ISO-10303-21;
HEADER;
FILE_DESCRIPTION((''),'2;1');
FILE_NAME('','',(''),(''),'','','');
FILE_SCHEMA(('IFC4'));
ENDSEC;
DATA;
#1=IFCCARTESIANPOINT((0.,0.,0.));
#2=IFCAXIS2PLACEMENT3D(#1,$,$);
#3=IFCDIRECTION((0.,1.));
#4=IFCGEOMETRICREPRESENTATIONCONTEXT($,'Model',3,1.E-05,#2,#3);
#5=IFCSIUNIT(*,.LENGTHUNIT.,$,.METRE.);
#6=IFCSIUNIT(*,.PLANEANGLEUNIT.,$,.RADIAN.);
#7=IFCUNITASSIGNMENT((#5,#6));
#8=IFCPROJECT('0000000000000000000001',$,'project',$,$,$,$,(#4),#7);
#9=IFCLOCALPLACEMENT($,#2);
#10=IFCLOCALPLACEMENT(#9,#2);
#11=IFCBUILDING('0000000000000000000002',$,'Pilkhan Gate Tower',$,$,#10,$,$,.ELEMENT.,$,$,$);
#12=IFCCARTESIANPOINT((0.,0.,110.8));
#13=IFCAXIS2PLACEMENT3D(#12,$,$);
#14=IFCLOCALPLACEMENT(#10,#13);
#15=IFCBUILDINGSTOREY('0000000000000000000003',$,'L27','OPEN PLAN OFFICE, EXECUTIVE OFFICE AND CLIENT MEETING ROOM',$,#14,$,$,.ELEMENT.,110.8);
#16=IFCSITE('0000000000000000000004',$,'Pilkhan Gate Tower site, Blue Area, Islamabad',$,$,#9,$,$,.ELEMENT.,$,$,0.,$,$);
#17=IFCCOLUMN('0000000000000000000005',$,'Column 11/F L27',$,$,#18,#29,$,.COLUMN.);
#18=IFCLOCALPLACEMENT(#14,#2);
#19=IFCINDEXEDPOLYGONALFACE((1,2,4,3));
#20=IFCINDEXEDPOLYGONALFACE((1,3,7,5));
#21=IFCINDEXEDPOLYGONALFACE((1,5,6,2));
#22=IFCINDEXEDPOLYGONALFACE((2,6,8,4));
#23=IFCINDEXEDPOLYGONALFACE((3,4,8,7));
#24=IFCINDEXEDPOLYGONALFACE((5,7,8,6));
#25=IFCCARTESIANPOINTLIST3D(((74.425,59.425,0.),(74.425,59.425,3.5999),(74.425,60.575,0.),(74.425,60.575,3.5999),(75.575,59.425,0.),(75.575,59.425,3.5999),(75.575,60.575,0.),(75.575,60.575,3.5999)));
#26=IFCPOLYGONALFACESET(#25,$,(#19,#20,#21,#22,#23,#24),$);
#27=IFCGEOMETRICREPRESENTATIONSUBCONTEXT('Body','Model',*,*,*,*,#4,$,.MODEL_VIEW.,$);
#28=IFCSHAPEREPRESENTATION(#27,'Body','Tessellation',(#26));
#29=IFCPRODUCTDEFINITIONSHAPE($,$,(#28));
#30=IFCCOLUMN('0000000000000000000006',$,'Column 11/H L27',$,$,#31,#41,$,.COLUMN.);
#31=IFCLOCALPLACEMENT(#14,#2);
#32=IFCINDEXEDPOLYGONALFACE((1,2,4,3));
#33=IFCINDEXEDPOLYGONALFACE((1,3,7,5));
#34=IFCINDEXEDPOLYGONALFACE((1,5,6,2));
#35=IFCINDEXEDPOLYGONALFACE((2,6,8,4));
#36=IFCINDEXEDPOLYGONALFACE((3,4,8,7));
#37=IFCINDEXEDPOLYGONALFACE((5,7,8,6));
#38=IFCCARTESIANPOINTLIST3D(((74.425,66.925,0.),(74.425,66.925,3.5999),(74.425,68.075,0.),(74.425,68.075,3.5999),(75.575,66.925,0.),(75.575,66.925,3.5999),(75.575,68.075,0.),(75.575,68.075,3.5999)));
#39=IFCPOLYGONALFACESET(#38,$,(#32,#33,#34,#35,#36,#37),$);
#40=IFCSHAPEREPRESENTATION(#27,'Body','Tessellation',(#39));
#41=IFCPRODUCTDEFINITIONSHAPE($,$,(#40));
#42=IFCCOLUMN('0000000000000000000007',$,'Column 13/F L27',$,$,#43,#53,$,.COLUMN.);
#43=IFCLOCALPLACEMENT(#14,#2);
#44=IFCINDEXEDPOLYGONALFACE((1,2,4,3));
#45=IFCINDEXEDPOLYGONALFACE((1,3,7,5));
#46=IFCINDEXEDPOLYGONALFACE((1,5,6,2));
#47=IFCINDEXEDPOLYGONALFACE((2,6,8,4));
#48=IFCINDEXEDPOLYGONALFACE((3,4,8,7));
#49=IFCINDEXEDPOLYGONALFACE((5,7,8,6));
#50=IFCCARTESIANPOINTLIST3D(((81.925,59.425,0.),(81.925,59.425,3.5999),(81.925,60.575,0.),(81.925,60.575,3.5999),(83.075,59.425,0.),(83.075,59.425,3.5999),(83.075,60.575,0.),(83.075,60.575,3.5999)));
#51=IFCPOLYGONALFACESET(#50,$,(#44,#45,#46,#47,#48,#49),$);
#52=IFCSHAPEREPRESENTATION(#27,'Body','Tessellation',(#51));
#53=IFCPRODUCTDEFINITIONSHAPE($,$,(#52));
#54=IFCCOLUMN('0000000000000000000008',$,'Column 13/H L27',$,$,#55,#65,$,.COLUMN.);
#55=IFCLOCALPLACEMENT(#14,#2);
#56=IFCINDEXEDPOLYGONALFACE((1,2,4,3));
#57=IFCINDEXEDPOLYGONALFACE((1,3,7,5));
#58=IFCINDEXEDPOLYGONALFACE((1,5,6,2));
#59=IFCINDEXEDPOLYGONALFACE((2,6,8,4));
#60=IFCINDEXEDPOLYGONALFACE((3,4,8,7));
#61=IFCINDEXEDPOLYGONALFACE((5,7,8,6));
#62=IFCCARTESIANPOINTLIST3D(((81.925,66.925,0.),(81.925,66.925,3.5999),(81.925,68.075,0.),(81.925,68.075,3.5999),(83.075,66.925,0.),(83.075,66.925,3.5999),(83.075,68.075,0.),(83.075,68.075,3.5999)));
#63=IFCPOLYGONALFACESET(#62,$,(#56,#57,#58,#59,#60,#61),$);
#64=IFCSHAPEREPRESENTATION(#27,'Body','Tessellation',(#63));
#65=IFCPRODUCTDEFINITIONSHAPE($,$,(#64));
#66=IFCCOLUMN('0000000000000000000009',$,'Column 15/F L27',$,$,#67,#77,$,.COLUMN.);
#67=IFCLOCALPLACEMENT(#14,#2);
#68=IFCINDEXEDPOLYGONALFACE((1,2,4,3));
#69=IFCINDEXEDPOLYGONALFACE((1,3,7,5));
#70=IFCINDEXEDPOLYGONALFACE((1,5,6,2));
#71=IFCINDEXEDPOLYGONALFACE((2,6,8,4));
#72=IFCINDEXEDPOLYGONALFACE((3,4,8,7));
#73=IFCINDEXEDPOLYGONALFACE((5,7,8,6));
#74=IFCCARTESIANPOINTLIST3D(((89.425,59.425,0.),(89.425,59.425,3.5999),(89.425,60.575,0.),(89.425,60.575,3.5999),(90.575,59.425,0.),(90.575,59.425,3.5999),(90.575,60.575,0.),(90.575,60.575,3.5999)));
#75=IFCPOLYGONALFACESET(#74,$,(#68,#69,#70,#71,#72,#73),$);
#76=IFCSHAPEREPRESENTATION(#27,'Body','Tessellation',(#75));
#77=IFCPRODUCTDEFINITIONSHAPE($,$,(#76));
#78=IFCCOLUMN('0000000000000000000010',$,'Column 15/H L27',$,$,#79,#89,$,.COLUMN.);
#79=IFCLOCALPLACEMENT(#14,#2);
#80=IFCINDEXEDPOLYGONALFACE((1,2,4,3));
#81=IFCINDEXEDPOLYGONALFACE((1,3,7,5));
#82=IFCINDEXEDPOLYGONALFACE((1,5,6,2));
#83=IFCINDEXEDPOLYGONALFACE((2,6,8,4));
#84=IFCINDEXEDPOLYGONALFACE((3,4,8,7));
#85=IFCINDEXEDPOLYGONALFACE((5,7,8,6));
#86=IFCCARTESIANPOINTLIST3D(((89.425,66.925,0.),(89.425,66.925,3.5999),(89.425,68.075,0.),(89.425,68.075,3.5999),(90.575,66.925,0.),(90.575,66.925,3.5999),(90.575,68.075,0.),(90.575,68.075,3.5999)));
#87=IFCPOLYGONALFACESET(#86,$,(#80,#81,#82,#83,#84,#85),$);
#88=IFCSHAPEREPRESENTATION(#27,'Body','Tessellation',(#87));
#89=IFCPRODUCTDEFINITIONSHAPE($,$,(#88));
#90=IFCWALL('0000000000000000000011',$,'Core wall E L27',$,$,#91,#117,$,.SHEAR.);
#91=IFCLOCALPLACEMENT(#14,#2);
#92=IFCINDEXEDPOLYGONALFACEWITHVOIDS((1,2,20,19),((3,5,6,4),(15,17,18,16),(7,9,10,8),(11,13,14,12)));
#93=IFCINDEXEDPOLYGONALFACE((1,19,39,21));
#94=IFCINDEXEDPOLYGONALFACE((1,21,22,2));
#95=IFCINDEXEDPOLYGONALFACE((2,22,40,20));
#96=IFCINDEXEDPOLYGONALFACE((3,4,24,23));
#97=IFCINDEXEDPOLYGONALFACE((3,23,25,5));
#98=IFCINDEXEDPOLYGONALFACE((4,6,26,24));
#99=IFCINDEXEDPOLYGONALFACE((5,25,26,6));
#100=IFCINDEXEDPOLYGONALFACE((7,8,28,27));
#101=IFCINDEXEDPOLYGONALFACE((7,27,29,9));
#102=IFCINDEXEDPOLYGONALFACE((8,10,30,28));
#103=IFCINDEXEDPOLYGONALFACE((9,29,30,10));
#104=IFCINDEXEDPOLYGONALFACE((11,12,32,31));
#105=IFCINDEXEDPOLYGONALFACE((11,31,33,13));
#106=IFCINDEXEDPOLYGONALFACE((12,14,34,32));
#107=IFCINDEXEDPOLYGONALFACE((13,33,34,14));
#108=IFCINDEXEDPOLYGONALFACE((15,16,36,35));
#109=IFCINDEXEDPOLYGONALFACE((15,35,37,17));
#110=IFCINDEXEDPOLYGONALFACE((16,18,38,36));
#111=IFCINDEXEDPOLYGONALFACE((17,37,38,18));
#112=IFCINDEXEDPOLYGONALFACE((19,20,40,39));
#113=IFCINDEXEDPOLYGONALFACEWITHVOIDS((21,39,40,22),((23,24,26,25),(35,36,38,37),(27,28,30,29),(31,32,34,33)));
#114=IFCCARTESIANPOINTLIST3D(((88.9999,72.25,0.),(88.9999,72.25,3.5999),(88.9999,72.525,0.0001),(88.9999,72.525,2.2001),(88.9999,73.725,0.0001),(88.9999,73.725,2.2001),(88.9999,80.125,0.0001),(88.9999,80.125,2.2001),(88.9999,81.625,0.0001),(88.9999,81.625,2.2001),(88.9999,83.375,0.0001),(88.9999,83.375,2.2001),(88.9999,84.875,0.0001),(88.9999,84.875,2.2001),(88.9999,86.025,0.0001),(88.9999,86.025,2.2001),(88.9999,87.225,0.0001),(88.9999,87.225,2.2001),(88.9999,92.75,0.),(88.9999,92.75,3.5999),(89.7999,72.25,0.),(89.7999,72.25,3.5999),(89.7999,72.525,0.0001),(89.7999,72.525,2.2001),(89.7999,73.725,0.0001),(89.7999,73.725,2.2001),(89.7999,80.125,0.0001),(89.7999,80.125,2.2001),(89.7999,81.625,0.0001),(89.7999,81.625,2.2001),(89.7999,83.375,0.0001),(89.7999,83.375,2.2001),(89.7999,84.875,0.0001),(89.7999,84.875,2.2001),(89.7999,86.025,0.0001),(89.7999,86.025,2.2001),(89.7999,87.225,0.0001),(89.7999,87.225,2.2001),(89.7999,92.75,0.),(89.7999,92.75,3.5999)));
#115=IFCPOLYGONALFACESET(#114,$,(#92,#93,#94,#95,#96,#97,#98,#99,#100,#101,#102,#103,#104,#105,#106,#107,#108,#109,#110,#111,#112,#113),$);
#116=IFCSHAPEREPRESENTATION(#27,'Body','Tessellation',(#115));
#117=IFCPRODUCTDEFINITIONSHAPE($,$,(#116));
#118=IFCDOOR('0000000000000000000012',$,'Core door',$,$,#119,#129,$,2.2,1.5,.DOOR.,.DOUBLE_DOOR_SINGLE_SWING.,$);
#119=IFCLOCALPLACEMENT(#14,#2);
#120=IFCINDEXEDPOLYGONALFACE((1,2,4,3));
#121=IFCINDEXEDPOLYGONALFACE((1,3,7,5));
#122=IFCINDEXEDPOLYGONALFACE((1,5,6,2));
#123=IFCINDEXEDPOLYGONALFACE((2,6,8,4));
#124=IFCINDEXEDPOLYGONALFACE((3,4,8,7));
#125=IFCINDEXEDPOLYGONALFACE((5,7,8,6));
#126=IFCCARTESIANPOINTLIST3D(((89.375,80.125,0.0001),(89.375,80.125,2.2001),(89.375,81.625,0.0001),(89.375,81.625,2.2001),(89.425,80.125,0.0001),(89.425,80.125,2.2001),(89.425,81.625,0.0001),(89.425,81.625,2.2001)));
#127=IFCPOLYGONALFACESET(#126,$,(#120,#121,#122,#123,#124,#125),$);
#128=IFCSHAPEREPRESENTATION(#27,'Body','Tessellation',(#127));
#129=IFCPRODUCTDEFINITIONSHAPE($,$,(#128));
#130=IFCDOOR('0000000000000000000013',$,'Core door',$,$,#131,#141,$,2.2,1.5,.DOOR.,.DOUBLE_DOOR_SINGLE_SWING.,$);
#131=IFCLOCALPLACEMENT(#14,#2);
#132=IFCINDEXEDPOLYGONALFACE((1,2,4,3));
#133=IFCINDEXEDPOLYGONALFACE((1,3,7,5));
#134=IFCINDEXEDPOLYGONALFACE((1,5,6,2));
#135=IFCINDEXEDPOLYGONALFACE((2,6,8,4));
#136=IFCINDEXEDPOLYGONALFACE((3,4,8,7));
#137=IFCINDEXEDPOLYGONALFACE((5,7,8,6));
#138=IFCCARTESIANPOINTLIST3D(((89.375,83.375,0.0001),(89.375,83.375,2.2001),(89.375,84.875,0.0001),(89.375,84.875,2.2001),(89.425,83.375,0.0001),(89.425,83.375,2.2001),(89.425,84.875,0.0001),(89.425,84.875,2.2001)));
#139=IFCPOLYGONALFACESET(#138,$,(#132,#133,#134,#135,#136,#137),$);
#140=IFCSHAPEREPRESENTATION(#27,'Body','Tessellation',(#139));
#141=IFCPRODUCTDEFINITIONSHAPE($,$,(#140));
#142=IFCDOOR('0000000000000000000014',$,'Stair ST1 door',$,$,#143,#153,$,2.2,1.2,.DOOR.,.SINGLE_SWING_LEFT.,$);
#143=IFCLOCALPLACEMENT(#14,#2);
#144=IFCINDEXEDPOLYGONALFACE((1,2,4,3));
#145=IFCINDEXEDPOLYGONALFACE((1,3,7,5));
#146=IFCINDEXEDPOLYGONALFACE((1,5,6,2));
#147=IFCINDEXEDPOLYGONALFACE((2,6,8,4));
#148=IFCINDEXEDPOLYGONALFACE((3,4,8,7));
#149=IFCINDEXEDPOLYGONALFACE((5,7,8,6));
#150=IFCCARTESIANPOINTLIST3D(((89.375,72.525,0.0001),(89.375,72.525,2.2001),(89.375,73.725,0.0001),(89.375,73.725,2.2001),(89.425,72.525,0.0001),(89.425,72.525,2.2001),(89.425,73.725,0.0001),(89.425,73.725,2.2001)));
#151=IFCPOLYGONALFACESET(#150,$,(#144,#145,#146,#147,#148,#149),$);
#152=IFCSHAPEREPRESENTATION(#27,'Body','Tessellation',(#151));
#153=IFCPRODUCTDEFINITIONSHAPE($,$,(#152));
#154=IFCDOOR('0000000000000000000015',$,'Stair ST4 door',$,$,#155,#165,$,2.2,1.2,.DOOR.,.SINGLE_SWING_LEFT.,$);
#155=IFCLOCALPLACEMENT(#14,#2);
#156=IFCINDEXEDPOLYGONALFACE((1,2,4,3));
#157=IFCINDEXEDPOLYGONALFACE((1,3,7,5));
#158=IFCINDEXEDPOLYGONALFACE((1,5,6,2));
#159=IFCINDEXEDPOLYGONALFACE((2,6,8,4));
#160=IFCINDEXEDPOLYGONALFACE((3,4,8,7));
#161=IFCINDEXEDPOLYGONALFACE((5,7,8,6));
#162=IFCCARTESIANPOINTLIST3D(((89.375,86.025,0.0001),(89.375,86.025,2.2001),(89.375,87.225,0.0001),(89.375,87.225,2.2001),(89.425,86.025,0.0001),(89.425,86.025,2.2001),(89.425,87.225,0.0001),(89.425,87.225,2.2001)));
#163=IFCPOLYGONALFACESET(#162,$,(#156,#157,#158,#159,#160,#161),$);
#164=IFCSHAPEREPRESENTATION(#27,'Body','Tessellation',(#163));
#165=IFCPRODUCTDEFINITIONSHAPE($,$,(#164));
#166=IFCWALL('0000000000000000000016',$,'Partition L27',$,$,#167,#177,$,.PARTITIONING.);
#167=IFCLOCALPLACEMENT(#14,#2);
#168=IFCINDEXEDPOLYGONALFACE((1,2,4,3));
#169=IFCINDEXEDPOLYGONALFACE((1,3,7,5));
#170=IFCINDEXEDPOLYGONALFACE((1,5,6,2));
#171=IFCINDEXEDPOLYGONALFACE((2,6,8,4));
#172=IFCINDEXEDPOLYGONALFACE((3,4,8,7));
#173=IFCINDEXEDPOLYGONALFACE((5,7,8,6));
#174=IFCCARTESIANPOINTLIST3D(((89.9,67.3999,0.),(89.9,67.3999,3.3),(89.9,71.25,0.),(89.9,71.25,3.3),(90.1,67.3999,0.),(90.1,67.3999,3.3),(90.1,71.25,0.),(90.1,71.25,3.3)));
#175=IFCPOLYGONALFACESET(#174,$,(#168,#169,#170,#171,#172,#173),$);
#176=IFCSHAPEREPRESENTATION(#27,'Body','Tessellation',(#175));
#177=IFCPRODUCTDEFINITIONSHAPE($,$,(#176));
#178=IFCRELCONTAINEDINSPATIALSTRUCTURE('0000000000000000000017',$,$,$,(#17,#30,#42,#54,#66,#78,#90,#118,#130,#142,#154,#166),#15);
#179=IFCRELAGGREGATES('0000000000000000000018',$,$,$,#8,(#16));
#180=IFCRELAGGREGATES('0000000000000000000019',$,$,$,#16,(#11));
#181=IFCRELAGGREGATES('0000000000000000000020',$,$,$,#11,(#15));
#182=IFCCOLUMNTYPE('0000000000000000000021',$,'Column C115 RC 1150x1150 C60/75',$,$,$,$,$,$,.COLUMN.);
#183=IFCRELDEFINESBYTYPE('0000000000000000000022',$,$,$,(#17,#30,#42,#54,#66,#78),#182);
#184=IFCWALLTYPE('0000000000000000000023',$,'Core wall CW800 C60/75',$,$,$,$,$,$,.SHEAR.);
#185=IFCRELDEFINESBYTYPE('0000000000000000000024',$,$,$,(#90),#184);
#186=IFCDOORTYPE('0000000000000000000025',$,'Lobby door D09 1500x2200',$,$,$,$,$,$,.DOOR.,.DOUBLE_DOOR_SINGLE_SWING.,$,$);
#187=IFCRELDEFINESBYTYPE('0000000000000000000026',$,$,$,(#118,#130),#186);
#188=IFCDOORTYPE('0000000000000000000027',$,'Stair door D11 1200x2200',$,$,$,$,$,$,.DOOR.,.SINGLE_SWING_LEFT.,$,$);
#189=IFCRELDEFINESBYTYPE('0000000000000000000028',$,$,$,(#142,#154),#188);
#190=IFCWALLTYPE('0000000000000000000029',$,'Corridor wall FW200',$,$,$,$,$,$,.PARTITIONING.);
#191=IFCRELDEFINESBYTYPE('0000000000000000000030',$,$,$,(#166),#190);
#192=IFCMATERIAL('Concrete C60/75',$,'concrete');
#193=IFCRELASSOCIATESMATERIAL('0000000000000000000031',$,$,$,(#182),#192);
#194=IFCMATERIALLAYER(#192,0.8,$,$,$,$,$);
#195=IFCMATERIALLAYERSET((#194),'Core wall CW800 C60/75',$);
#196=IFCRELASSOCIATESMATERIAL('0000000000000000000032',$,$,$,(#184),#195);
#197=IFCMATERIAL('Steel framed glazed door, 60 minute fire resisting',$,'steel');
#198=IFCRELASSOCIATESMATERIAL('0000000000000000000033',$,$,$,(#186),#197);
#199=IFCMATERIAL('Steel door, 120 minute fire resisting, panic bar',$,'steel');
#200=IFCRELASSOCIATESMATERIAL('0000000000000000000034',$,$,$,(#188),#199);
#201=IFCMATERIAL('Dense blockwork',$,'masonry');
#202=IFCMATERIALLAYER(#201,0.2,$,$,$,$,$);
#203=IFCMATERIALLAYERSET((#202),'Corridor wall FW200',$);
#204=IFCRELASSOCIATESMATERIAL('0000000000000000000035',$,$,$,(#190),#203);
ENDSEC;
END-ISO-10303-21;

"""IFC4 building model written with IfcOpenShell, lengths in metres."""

from ifc_helpers import new_model, si_unit, direction, frame, frame_2d, origin, origin_2d, place, context, subcontext, project, spatial, rectangle, extrude, material, layer, layer_set, material_profile, profile_set, type_object, element, fill, save


model = new_model("IFC4")

# Units and contexts
model_context = context("Model", 3, precision=1e-05, world=origin(), true_north=direction((0.0, 1.0)))
body_context = subcontext(model_context, "Body", "Model", "MODEL_VIEW")
ifc_project = project(units=[si_unit("LENGTHUNIT", "METRE"), si_unit("PLANEANGLEUNIT", "RADIAN")], contexts=[model_context])

# Site, building, storey
site_placement = place(None, origin())
site = spatial("IfcSite", under=ifc_project, at=site_placement, Name="Pilkhan Gate Tower site, Blue Area, Islamabad", CompositionType="ELEMENT", RefElevation=0.0)
building_placement = place(site_placement, origin())
building = spatial("IfcBuilding", under=site, at=building_placement, Name="Pilkhan Gate Tower", CompositionType="ELEMENT")
storey_placement = place(building_placement, frame((0.0, 0.0, 110.8)))
storey = spatial("IfcBuildingStorey", under=building, at=storey_placement, Name="L27", Description="OPEN PLAN OFFICE, EXECUTIVE OFFICE AND CLIENT MEETING ROOM", CompositionType="ELEMENT", Elevation=110.8)

# Columns
ifc_material_1 = material(Name="Concrete C60/75", Category="concrete")
ifc_material_profile = material_profile(ifc_material_1, rectangle(XDim=1.1499, YDim=1.1499, at=origin_2d()), Name="RC 1150x1150")
ifc_profile_set = profile_set([ifc_material_profile], Name="Concrete C60/75")
column_type = type_object("IfcColumnType", Name="Column C115 RC 1150x1150 C60/75", PredefinedType="COLUMN", material=ifc_profile_set)
for number, where, z_axis, x_axis, name in (
    (1, (75.0, 60.0, 0.0), (0.0, 0.0, 1.0), (1.0, 0.0, 0.0), "Column 11/F L27"),
    (2, (75.0, 67.5, 0.0), (0.0, 0.0, 1.0), (1.0, 0.0, 0.0), "Column 11/H L27"),
    (3, (82.5, 60.0, 0.0), (0.0, 0.0, 1.0), (1.0, 0.0, 0.0), "Column 13/F L27"),
    (4, (82.5, 67.5, 0.0), (0.0, 0.0, 1.0), (1.0, 0.0, 0.0), "Column 13/H L27"),
    (5, (90.0, 60.0, 0.0), (0.0, 0.0, 1.0), (1.0, 0.0, 0.0), "Column 15/F L27"),
    (6, (90.0, 67.5, 0.0), (0.0, 0.0, 1.0), (1.0, 0.0, 0.0), "Column 15/H L27"),
):
    element("IfcColumn", number, at=place(storey_placement, frame(where, z_axis=z_axis, x_axis=x_axis)), inside=storey, type_object=column_type, Name=name, PredefinedType="COLUMN", context=body_context, shape_type="SweptSolid", body=[
        extrude(rectangle(XDim=1.1499, YDim=1.1499, at=origin_2d()), origin(), (0.0, 0.0, 1.0), 3.5999),
    ])

# Wall, openings, doors
ifc_layer_1 = layer(ifc_material_1, 0.8)
ifc_layer_set_1 = layer_set([ifc_layer_1], Name="Core wall CW800 C60/75")
wall_type_1 = type_object("IfcWallType", Name="Core wall CW800 C60/75", PredefinedType="SHEAR", material=ifc_layer_set_1)
wall_1_placement = place(storey_placement, frame((89.3999, 72.25, 0.0), z_axis=(0.0, 0.0, 1.0), x_axis=(0.0, 1.0, 0.0)))
wall_1 = element("IfcWall", 7, at=wall_1_placement, inside=storey, type_object=wall_type_1, Name="Core wall E L27", PredefinedType="SHEAR", context=body_context, shape_type="SweptSolid", body=[
    extrude(rectangle(XDim=20.5, YDim=0.8, at=frame_2d((10.25, 0.0))), origin(), (0.0, 0.0, 1.0), 3.5999),
])
opening_1_placement = place(wall_1_placement, frame((0.2749, 0.0, 0.0)))
opening_1 = element("IfcOpeningElement", 8, at=opening_1_placement, cuts=wall_1, PredefinedType="OPENING", context=body_context, shape_type="SweptSolid", body=[
    extrude(rectangle(XDim=1.2, YDim=2.2, at=frame_2d((0.6001, 1.1001))), frame((0.0, 0.4099, 0.0), z_axis=(0.0, -1.0, 0.0), x_axis=(1.0, 0.0, 0.0)), (0.0, 0.0, 1.0), 0.8201),
])
opening_2_placement = place(wall_1_placement, frame((13.7749, 0.0, 0.0)))
opening_2 = element("IfcOpeningElement", 9, at=opening_2_placement, cuts=wall_1, PredefinedType="OPENING", context=body_context, shape_type="SweptSolid", body=[
    extrude(rectangle(XDim=1.2, YDim=2.2, at=frame_2d((0.6001, 1.1001))), frame((0.0, 0.4099, 0.0), z_axis=(0.0, -1.0, 0.0), x_axis=(1.0, 0.0, 0.0)), (0.0, 0.0, 1.0), 0.8201),
])
opening_3_placement = place(wall_1_placement, frame((7.875, 0.0, 0.0)))
opening_3 = element("IfcOpeningElement", 10, at=opening_3_placement, cuts=wall_1, PredefinedType="OPENING", context=body_context, shape_type="SweptSolid", body=[
    extrude(rectangle(XDim=1.5, YDim=2.2, at=frame_2d((0.75, 1.1001))), frame((0.0, 0.4099, 0.0), z_axis=(0.0, -1.0, 0.0), x_axis=(1.0, 0.0, 0.0)), (0.0, 0.0, 1.0), 0.8201),
])
opening_4_placement = place(wall_1_placement, frame((11.125, 0.0, 0.0)))
opening_4 = element("IfcOpeningElement", 11, at=opening_4_placement, cuts=wall_1, PredefinedType="OPENING", context=body_context, shape_type="SweptSolid", body=[
    extrude(rectangle(XDim=1.5, YDim=2.2, at=frame_2d((0.75, 1.1001))), frame((0.0, 0.4099, 0.0), z_axis=(0.0, -1.0, 0.0), x_axis=(1.0, 0.0, 0.0)), (0.0, 0.0, 1.0), 0.8201),
])
ifc_material_2 = material(Name="Steel framed glazed door, 60 minute fire resisting", Category="steel")
door_type_1 = type_object("IfcDoorType", Name="Lobby door D09 1500x2200", OperationType="DOUBLE_DOOR_SINGLE_SWING", PredefinedType="DOOR", material=ifc_material_2)
door_1_placement = place(opening_3_placement, origin())
door_1 = element("IfcDoor", 12, at=door_1_placement, inside=storey, type_object=door_type_1, Name="Core door", OperationType="DOUBLE_DOOR_SINGLE_SWING", OverallHeight=2.2, OverallWidth=1.5, PredefinedType="DOOR", context=body_context, shape_type="SweptSolid", body=[
    extrude(rectangle(XDim=1.5, YDim=2.2, at=frame_2d((0.75, 1.1001))), frame((0.0, 0.0249, 0.0), z_axis=(0.0, -1.0, 0.0), x_axis=(1.0, 0.0, 0.0)), (0.0, 0.0, 1.0), 0.05),
])
fill(opening_3, door_1)
door_2_placement = place(opening_4_placement, origin())
door_2 = element("IfcDoor", 13, at=door_2_placement, inside=storey, type_object=door_type_1, Name="Core door", OperationType="DOUBLE_DOOR_SINGLE_SWING", OverallHeight=2.2, OverallWidth=1.5, PredefinedType="DOOR", context=body_context, shape_type="SweptSolid", body=[
    extrude(rectangle(XDim=1.5, YDim=2.2, at=frame_2d((0.75, 1.1001))), frame((0.0, 0.0249, 0.0), z_axis=(0.0, -1.0, 0.0), x_axis=(1.0, 0.0, 0.0)), (0.0, 0.0, 1.0), 0.05),
])
fill(opening_4, door_2)
ifc_material_3 = material(Name="Steel door, 120 minute fire resisting, panic bar", Category="steel")
door_type_2 = type_object("IfcDoorType", Name="Stair door D11 1200x2200", OperationType="SINGLE_SWING_LEFT", PredefinedType="DOOR", material=ifc_material_3)
door_3_placement = place(opening_1_placement, origin())
door_3 = element("IfcDoor", 14, at=door_3_placement, inside=storey, type_object=door_type_2, Name="Stair ST1 door", OperationType="SINGLE_SWING_LEFT", OverallHeight=2.2, OverallWidth=1.2, PredefinedType="DOOR", context=body_context, shape_type="SweptSolid", body=[
    extrude(rectangle(XDim=1.2, YDim=2.2, at=frame_2d((0.6001, 1.1001))), frame((0.0, 0.0249, 0.0), z_axis=(0.0, -1.0, 0.0), x_axis=(1.0, 0.0, 0.0)), (0.0, 0.0, 1.0), 0.05),
])
fill(opening_1, door_3)
door_4_placement = place(opening_2_placement, origin())
door_4 = element("IfcDoor", 15, at=door_4_placement, inside=storey, type_object=door_type_2, Name="Stair ST4 door", OperationType="SINGLE_SWING_LEFT", OverallHeight=2.2, OverallWidth=1.2, PredefinedType="DOOR", context=body_context, shape_type="SweptSolid", body=[
    extrude(rectangle(XDim=1.2, YDim=2.2, at=frame_2d((0.6001, 1.1001))), frame((0.0, 0.0249, 0.0), z_axis=(0.0, -1.0, 0.0), x_axis=(1.0, 0.0, 0.0)), (0.0, 0.0, 1.0), 0.05),
])
fill(opening_2, door_4)

# Wall
ifc_material_4 = material(Name="Dense blockwork", Category="masonry")
ifc_layer_2 = layer(ifc_material_4, 0.2)
ifc_layer_set_2 = layer_set([ifc_layer_2], Name="Corridor wall FW200")
wall_type_2 = type_object("IfcWallType", Name="Corridor wall FW200", PredefinedType="PARTITIONING", material=ifc_layer_set_2)
wall_2_placement = place(storey_placement, frame((90.0, 67.3999, 0.0), z_axis=(0.0, 0.0, 1.0), x_axis=(0.0, 1.0, 0.0)))
element("IfcWall", 16, at=wall_2_placement, inside=storey, type_object=wall_type_2, Name="Partition L27", PredefinedType="PARTITIONING", context=body_context, shape_type="SweptSolid", body=[
    extrude(rectangle(XDim=3.8501, YDim=0.2, at=frame_2d((1.925, 0.0))), origin(), (0.0, 0.0, 1.0), 3.3),
])

save(model, "model.ifc")
